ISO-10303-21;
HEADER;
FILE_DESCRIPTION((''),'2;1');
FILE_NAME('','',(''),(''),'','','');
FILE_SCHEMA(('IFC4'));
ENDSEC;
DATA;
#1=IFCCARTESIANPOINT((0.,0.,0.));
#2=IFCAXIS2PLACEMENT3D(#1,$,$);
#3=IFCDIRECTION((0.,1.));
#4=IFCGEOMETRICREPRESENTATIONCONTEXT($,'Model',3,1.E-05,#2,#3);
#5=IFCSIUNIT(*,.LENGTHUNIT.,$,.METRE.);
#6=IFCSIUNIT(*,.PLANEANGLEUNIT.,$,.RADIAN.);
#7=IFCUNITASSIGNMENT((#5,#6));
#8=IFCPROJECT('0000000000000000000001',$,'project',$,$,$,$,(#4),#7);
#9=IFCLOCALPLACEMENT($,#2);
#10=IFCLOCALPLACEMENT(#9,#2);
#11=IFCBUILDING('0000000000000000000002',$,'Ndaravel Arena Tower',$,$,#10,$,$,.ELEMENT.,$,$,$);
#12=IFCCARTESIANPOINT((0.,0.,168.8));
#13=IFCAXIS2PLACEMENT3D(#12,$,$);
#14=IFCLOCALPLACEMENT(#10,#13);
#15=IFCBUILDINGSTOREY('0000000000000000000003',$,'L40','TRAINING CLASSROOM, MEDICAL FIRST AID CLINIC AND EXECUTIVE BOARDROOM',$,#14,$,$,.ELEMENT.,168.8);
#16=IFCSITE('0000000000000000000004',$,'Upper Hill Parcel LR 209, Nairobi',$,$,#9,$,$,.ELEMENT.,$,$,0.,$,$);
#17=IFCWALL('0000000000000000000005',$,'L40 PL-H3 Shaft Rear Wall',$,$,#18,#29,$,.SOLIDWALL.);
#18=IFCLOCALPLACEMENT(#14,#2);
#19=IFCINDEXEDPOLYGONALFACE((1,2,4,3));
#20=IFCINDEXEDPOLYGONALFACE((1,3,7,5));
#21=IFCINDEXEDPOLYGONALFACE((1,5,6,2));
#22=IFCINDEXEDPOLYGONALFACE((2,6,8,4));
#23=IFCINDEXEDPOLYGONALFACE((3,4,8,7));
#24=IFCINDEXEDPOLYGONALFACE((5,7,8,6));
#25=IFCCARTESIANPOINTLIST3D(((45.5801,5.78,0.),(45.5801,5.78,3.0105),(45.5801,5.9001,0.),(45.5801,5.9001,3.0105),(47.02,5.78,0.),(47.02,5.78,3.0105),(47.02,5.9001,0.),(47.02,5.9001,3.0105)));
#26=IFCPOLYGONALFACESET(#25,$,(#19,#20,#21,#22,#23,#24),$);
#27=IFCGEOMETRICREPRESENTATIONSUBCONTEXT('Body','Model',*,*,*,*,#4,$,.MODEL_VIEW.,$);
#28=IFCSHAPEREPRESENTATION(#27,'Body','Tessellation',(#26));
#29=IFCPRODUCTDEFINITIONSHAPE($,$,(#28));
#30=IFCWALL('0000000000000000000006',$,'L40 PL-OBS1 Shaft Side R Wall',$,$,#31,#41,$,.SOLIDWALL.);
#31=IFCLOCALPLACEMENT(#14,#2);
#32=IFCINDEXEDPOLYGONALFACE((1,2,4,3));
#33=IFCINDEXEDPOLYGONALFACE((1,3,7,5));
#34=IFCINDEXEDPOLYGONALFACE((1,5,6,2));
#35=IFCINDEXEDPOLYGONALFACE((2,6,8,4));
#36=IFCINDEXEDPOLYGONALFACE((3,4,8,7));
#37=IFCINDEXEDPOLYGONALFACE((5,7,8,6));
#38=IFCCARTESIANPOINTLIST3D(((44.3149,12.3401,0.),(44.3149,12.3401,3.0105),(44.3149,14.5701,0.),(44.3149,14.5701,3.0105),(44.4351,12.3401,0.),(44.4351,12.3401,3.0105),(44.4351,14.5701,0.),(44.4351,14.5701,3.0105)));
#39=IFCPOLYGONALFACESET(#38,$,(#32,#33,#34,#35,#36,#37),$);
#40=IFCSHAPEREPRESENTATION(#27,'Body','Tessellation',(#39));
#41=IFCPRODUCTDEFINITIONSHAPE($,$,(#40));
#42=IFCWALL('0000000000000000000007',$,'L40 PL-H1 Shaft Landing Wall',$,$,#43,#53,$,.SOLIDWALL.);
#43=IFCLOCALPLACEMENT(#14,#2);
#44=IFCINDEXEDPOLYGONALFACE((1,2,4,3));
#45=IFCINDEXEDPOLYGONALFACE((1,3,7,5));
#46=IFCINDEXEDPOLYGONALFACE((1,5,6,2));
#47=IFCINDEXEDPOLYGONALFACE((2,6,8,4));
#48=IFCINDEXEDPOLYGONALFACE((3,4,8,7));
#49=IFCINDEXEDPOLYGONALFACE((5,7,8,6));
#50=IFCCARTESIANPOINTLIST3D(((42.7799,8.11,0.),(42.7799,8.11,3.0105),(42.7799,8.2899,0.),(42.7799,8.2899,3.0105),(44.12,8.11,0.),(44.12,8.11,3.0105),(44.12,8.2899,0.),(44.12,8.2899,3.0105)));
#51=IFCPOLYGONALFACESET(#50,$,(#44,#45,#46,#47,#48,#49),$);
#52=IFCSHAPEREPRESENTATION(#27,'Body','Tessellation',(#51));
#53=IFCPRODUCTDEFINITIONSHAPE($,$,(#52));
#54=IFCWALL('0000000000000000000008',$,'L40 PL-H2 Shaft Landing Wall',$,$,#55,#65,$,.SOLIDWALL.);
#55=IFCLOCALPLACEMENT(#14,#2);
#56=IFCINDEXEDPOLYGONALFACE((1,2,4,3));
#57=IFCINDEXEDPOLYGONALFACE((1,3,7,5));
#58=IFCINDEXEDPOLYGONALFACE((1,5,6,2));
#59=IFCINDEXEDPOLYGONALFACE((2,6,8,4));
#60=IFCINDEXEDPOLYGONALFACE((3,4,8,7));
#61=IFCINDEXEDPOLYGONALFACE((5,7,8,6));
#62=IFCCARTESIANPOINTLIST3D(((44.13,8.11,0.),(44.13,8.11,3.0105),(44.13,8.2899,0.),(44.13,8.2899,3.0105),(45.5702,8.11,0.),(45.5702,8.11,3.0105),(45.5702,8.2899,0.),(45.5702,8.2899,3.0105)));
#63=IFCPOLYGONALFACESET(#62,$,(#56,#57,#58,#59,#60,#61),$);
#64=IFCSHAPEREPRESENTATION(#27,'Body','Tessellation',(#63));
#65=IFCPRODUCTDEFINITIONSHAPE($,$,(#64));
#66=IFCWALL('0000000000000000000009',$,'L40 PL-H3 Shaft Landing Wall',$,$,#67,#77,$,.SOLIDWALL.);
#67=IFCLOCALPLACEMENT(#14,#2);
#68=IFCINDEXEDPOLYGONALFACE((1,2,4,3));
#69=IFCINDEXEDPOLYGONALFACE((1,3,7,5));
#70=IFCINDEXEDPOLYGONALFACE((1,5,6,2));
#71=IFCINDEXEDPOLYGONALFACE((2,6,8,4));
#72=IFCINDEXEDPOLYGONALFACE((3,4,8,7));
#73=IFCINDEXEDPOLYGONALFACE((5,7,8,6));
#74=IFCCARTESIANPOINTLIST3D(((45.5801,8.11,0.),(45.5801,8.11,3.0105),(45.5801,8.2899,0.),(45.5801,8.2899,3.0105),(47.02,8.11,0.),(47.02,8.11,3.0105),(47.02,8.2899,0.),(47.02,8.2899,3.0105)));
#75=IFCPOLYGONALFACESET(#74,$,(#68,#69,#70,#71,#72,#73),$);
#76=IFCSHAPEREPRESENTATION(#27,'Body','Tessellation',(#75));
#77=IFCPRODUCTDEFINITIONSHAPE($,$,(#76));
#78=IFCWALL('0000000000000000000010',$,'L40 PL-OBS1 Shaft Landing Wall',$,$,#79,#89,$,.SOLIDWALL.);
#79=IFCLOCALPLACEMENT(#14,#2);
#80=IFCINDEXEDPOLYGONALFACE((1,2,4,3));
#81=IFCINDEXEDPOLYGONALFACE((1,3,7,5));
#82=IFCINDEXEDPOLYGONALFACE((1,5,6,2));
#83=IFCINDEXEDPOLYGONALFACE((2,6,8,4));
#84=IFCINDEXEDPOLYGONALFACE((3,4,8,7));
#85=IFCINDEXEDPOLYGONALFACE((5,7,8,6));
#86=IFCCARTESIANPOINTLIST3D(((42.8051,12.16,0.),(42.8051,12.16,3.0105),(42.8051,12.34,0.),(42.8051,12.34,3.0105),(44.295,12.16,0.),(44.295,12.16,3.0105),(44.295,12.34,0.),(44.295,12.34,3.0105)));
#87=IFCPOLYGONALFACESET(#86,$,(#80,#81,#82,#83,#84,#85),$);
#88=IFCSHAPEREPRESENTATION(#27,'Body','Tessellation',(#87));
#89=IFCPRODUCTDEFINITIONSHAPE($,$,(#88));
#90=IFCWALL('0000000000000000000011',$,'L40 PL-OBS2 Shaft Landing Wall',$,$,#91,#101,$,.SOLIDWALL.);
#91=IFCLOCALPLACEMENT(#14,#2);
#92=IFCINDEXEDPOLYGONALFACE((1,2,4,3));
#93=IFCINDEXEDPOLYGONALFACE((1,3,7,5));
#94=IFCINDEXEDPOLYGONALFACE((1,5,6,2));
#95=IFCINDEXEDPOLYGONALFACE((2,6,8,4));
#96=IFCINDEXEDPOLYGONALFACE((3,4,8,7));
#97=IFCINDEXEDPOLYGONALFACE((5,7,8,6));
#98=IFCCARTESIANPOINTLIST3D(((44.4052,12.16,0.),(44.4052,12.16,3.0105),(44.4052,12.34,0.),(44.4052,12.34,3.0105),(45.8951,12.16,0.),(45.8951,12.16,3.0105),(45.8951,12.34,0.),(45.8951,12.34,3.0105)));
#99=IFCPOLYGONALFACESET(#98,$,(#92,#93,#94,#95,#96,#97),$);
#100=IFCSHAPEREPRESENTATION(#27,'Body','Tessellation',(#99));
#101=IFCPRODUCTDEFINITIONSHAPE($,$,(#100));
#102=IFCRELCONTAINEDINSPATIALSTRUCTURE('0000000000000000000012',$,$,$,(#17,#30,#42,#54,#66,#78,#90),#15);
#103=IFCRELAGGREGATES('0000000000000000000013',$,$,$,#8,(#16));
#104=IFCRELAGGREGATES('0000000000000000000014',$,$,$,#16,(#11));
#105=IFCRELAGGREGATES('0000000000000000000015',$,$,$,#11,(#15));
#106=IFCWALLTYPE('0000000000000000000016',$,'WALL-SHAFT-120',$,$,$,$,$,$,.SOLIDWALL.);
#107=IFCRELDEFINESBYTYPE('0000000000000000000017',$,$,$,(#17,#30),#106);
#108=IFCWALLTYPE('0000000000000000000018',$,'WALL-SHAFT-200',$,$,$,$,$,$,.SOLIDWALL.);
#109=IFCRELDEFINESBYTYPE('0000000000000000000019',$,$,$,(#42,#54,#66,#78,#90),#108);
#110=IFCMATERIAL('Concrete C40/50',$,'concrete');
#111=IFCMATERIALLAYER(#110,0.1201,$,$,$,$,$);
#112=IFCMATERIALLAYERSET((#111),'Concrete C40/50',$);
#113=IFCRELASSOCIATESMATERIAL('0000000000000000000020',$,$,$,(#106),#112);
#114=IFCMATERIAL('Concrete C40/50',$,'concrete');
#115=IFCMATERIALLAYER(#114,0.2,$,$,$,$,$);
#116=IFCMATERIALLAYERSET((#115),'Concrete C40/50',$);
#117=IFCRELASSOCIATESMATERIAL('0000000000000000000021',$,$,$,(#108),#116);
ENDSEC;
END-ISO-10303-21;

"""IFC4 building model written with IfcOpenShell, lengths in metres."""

from ifc_helpers import new_model, si_unit, direction, frame, frame_2d, origin, place, context, subcontext, project, spatial, rectangle, extrude, material, layer, layer_set, type_object, element, save


model = new_model("IFC4")

# Units and contexts
model_context = context("Model", 3, precision=1e-05, world=origin(), true_north=direction((0.0, 1.0)))
body_context = subcontext(model_context, "Body", "Model", "MODEL_VIEW")
ifc_project = project(units=[si_unit("LENGTHUNIT", "METRE"), si_unit("PLANEANGLEUNIT", "RADIAN")], contexts=[model_context])

# Site, building, storey
site_placement = place(None, origin())
site = spatial("IfcSite", under=ifc_project, at=site_placement, Name="Upper Hill Parcel LR 209, Nairobi", CompositionType="ELEMENT", RefElevation=0.0)
building_placement = place(site_placement, origin())
building = spatial("IfcBuilding", under=site, at=building_placement, Name="Ndaravel Arena Tower", CompositionType="ELEMENT")
storey_placement = place(building_placement, frame((0.0, 0.0, 168.8)))
storey = spatial("IfcBuildingStorey", under=building, at=storey_placement, Name="L40", Description="TRAINING CLASSROOM, MEDICAL FIRST AID CLINIC AND EXECUTIVE BOARDROOM", CompositionType="ELEMENT", Elevation=168.8)

# Walls
ifc_material_1 = material(Name="Concrete C40/50", Category="concrete")
ifc_layer_1 = layer(ifc_material_1, 0.1201)
ifc_layer_set_1 = layer_set([ifc_layer_1], Name="Concrete C40/50")
wall_type_1 = type_object("IfcWallType", Name="WALL-SHAFT-120", PredefinedType="SOLIDWALL", material=ifc_layer_set_1)
wall_1_placement = place(storey_placement, frame((45.5801, 5.8401, 0.0), z_axis=(0.0, 0.0, 1.0), x_axis=(1.0, 0.0, 0.0)))
element("IfcWall", 1, at=wall_1_placement, inside=storey, type_object=wall_type_1, Name="L40 PL-H3 Shaft Rear Wall", PredefinedType="SOLIDWALL", context=body_context, shape_type="SweptSolid", body=[
    extrude(rectangle(XDim=1.4399, YDim=0.1201, at=frame_2d((0.72, 0.0))), origin(), (0.0, 0.0, 1.0), 3.0105),
])
wall_2_placement = place(storey_placement, frame((44.375, 12.3401, 0.0), z_axis=(0.0, 0.0, 1.0), x_axis=(0.0, 1.0, 0.0)))
element("IfcWall", 2, at=wall_2_placement, inside=storey, type_object=wall_type_1, Name="L40 PL-OBS1 Shaft Side R Wall", PredefinedType="SOLIDWALL", context=body_context, shape_type="SweptSolid", body=[
    extrude(rectangle(XDim=2.23, YDim=0.1201, at=frame_2d((1.115, 0.0))), origin(), (0.0, 0.0, 1.0), 3.0105),
])
ifc_material_2 = material(Name="Concrete C40/50", Category="concrete")
ifc_layer_2 = layer(ifc_material_2, 0.2)
ifc_layer_set_2 = layer_set([ifc_layer_2], Name="Concrete C40/50")
wall_type_2 = type_object("IfcWallType", Name="WALL-SHAFT-200", PredefinedType="SOLIDWALL", material=ifc_layer_set_2)
wall_3_placement = place(storey_placement, frame((42.78, 8.2, 0.0), z_axis=(0.0, 0.0, 1.0), x_axis=(1.0, 0.0, 0.0)))
element("IfcWall", 3, at=wall_3_placement, inside=storey, type_object=wall_type_2, Name="L40 PL-H1 Shaft Landing Wall", PredefinedType="SOLIDWALL", context=body_context, shape_type="SweptSolid", body=[
    extrude(rectangle(XDim=1.3401, YDim=0.1799, at=frame_2d((0.6699, 0.0))), origin(), (0.0, 0.0, 1.0), 3.0105),
])
wall_4_placement = place(storey_placement, frame((44.1299, 8.2, 0.0), z_axis=(0.0, 0.0, 1.0), x_axis=(1.0, 0.0, 0.0)))
element("IfcWall", 4, at=wall_4_placement, inside=storey, type_object=wall_type_2, Name="L40 PL-H2 Shaft Landing Wall", PredefinedType="SOLIDWALL", context=body_context, shape_type="SweptSolid", body=[
    extrude(rectangle(XDim=1.4402, YDim=0.1799, at=frame_2d((0.7202, 0.0))), origin(), (0.0, 0.0, 1.0), 3.0105),
])
wall_5_placement = place(storey_placement, frame((45.5801, 8.2, 0.0), z_axis=(0.0, 0.0, 1.0), x_axis=(1.0, 0.0, 0.0)))
element("IfcWall", 5, at=wall_5_placement, inside=storey, type_object=wall_type_2, Name="L40 PL-H3 Shaft Landing Wall", PredefinedType="SOLIDWALL", context=body_context, shape_type="SweptSolid", body=[
    extrude(rectangle(XDim=1.4399, YDim=0.1799, at=frame_2d((0.72, 0.0))), origin(), (0.0, 0.0, 1.0), 3.0105),
])
for number, where, z_axis, x_axis, name in (
    (6, (42.8049, 12.25, 0.0), (0.0, 0.0, 1.0), (1.0, 0.0, 0.0), "L40 PL-OBS1 Shaft Landing Wall"),
    (7, (44.405, 12.25, 0.0), (0.0, 0.0, 1.0), (1.0, 0.0, 0.0), "L40 PL-OBS2 Shaft Landing Wall"),
):
    element("IfcWall", number, at=place(storey_placement, frame(where, z_axis=z_axis, x_axis=x_axis)), inside=storey, type_object=wall_type_2, Name=name, PredefinedType="SOLIDWALL", context=body_context, shape_type="SweptSolid", body=[
        extrude(rectangle(XDim=1.49, YDim=0.1799, at=frame_2d((0.7451, 0.0))), origin(), (0.0, 0.0, 1.0), 3.0105),
    ])

save(model, "model.ifc")
